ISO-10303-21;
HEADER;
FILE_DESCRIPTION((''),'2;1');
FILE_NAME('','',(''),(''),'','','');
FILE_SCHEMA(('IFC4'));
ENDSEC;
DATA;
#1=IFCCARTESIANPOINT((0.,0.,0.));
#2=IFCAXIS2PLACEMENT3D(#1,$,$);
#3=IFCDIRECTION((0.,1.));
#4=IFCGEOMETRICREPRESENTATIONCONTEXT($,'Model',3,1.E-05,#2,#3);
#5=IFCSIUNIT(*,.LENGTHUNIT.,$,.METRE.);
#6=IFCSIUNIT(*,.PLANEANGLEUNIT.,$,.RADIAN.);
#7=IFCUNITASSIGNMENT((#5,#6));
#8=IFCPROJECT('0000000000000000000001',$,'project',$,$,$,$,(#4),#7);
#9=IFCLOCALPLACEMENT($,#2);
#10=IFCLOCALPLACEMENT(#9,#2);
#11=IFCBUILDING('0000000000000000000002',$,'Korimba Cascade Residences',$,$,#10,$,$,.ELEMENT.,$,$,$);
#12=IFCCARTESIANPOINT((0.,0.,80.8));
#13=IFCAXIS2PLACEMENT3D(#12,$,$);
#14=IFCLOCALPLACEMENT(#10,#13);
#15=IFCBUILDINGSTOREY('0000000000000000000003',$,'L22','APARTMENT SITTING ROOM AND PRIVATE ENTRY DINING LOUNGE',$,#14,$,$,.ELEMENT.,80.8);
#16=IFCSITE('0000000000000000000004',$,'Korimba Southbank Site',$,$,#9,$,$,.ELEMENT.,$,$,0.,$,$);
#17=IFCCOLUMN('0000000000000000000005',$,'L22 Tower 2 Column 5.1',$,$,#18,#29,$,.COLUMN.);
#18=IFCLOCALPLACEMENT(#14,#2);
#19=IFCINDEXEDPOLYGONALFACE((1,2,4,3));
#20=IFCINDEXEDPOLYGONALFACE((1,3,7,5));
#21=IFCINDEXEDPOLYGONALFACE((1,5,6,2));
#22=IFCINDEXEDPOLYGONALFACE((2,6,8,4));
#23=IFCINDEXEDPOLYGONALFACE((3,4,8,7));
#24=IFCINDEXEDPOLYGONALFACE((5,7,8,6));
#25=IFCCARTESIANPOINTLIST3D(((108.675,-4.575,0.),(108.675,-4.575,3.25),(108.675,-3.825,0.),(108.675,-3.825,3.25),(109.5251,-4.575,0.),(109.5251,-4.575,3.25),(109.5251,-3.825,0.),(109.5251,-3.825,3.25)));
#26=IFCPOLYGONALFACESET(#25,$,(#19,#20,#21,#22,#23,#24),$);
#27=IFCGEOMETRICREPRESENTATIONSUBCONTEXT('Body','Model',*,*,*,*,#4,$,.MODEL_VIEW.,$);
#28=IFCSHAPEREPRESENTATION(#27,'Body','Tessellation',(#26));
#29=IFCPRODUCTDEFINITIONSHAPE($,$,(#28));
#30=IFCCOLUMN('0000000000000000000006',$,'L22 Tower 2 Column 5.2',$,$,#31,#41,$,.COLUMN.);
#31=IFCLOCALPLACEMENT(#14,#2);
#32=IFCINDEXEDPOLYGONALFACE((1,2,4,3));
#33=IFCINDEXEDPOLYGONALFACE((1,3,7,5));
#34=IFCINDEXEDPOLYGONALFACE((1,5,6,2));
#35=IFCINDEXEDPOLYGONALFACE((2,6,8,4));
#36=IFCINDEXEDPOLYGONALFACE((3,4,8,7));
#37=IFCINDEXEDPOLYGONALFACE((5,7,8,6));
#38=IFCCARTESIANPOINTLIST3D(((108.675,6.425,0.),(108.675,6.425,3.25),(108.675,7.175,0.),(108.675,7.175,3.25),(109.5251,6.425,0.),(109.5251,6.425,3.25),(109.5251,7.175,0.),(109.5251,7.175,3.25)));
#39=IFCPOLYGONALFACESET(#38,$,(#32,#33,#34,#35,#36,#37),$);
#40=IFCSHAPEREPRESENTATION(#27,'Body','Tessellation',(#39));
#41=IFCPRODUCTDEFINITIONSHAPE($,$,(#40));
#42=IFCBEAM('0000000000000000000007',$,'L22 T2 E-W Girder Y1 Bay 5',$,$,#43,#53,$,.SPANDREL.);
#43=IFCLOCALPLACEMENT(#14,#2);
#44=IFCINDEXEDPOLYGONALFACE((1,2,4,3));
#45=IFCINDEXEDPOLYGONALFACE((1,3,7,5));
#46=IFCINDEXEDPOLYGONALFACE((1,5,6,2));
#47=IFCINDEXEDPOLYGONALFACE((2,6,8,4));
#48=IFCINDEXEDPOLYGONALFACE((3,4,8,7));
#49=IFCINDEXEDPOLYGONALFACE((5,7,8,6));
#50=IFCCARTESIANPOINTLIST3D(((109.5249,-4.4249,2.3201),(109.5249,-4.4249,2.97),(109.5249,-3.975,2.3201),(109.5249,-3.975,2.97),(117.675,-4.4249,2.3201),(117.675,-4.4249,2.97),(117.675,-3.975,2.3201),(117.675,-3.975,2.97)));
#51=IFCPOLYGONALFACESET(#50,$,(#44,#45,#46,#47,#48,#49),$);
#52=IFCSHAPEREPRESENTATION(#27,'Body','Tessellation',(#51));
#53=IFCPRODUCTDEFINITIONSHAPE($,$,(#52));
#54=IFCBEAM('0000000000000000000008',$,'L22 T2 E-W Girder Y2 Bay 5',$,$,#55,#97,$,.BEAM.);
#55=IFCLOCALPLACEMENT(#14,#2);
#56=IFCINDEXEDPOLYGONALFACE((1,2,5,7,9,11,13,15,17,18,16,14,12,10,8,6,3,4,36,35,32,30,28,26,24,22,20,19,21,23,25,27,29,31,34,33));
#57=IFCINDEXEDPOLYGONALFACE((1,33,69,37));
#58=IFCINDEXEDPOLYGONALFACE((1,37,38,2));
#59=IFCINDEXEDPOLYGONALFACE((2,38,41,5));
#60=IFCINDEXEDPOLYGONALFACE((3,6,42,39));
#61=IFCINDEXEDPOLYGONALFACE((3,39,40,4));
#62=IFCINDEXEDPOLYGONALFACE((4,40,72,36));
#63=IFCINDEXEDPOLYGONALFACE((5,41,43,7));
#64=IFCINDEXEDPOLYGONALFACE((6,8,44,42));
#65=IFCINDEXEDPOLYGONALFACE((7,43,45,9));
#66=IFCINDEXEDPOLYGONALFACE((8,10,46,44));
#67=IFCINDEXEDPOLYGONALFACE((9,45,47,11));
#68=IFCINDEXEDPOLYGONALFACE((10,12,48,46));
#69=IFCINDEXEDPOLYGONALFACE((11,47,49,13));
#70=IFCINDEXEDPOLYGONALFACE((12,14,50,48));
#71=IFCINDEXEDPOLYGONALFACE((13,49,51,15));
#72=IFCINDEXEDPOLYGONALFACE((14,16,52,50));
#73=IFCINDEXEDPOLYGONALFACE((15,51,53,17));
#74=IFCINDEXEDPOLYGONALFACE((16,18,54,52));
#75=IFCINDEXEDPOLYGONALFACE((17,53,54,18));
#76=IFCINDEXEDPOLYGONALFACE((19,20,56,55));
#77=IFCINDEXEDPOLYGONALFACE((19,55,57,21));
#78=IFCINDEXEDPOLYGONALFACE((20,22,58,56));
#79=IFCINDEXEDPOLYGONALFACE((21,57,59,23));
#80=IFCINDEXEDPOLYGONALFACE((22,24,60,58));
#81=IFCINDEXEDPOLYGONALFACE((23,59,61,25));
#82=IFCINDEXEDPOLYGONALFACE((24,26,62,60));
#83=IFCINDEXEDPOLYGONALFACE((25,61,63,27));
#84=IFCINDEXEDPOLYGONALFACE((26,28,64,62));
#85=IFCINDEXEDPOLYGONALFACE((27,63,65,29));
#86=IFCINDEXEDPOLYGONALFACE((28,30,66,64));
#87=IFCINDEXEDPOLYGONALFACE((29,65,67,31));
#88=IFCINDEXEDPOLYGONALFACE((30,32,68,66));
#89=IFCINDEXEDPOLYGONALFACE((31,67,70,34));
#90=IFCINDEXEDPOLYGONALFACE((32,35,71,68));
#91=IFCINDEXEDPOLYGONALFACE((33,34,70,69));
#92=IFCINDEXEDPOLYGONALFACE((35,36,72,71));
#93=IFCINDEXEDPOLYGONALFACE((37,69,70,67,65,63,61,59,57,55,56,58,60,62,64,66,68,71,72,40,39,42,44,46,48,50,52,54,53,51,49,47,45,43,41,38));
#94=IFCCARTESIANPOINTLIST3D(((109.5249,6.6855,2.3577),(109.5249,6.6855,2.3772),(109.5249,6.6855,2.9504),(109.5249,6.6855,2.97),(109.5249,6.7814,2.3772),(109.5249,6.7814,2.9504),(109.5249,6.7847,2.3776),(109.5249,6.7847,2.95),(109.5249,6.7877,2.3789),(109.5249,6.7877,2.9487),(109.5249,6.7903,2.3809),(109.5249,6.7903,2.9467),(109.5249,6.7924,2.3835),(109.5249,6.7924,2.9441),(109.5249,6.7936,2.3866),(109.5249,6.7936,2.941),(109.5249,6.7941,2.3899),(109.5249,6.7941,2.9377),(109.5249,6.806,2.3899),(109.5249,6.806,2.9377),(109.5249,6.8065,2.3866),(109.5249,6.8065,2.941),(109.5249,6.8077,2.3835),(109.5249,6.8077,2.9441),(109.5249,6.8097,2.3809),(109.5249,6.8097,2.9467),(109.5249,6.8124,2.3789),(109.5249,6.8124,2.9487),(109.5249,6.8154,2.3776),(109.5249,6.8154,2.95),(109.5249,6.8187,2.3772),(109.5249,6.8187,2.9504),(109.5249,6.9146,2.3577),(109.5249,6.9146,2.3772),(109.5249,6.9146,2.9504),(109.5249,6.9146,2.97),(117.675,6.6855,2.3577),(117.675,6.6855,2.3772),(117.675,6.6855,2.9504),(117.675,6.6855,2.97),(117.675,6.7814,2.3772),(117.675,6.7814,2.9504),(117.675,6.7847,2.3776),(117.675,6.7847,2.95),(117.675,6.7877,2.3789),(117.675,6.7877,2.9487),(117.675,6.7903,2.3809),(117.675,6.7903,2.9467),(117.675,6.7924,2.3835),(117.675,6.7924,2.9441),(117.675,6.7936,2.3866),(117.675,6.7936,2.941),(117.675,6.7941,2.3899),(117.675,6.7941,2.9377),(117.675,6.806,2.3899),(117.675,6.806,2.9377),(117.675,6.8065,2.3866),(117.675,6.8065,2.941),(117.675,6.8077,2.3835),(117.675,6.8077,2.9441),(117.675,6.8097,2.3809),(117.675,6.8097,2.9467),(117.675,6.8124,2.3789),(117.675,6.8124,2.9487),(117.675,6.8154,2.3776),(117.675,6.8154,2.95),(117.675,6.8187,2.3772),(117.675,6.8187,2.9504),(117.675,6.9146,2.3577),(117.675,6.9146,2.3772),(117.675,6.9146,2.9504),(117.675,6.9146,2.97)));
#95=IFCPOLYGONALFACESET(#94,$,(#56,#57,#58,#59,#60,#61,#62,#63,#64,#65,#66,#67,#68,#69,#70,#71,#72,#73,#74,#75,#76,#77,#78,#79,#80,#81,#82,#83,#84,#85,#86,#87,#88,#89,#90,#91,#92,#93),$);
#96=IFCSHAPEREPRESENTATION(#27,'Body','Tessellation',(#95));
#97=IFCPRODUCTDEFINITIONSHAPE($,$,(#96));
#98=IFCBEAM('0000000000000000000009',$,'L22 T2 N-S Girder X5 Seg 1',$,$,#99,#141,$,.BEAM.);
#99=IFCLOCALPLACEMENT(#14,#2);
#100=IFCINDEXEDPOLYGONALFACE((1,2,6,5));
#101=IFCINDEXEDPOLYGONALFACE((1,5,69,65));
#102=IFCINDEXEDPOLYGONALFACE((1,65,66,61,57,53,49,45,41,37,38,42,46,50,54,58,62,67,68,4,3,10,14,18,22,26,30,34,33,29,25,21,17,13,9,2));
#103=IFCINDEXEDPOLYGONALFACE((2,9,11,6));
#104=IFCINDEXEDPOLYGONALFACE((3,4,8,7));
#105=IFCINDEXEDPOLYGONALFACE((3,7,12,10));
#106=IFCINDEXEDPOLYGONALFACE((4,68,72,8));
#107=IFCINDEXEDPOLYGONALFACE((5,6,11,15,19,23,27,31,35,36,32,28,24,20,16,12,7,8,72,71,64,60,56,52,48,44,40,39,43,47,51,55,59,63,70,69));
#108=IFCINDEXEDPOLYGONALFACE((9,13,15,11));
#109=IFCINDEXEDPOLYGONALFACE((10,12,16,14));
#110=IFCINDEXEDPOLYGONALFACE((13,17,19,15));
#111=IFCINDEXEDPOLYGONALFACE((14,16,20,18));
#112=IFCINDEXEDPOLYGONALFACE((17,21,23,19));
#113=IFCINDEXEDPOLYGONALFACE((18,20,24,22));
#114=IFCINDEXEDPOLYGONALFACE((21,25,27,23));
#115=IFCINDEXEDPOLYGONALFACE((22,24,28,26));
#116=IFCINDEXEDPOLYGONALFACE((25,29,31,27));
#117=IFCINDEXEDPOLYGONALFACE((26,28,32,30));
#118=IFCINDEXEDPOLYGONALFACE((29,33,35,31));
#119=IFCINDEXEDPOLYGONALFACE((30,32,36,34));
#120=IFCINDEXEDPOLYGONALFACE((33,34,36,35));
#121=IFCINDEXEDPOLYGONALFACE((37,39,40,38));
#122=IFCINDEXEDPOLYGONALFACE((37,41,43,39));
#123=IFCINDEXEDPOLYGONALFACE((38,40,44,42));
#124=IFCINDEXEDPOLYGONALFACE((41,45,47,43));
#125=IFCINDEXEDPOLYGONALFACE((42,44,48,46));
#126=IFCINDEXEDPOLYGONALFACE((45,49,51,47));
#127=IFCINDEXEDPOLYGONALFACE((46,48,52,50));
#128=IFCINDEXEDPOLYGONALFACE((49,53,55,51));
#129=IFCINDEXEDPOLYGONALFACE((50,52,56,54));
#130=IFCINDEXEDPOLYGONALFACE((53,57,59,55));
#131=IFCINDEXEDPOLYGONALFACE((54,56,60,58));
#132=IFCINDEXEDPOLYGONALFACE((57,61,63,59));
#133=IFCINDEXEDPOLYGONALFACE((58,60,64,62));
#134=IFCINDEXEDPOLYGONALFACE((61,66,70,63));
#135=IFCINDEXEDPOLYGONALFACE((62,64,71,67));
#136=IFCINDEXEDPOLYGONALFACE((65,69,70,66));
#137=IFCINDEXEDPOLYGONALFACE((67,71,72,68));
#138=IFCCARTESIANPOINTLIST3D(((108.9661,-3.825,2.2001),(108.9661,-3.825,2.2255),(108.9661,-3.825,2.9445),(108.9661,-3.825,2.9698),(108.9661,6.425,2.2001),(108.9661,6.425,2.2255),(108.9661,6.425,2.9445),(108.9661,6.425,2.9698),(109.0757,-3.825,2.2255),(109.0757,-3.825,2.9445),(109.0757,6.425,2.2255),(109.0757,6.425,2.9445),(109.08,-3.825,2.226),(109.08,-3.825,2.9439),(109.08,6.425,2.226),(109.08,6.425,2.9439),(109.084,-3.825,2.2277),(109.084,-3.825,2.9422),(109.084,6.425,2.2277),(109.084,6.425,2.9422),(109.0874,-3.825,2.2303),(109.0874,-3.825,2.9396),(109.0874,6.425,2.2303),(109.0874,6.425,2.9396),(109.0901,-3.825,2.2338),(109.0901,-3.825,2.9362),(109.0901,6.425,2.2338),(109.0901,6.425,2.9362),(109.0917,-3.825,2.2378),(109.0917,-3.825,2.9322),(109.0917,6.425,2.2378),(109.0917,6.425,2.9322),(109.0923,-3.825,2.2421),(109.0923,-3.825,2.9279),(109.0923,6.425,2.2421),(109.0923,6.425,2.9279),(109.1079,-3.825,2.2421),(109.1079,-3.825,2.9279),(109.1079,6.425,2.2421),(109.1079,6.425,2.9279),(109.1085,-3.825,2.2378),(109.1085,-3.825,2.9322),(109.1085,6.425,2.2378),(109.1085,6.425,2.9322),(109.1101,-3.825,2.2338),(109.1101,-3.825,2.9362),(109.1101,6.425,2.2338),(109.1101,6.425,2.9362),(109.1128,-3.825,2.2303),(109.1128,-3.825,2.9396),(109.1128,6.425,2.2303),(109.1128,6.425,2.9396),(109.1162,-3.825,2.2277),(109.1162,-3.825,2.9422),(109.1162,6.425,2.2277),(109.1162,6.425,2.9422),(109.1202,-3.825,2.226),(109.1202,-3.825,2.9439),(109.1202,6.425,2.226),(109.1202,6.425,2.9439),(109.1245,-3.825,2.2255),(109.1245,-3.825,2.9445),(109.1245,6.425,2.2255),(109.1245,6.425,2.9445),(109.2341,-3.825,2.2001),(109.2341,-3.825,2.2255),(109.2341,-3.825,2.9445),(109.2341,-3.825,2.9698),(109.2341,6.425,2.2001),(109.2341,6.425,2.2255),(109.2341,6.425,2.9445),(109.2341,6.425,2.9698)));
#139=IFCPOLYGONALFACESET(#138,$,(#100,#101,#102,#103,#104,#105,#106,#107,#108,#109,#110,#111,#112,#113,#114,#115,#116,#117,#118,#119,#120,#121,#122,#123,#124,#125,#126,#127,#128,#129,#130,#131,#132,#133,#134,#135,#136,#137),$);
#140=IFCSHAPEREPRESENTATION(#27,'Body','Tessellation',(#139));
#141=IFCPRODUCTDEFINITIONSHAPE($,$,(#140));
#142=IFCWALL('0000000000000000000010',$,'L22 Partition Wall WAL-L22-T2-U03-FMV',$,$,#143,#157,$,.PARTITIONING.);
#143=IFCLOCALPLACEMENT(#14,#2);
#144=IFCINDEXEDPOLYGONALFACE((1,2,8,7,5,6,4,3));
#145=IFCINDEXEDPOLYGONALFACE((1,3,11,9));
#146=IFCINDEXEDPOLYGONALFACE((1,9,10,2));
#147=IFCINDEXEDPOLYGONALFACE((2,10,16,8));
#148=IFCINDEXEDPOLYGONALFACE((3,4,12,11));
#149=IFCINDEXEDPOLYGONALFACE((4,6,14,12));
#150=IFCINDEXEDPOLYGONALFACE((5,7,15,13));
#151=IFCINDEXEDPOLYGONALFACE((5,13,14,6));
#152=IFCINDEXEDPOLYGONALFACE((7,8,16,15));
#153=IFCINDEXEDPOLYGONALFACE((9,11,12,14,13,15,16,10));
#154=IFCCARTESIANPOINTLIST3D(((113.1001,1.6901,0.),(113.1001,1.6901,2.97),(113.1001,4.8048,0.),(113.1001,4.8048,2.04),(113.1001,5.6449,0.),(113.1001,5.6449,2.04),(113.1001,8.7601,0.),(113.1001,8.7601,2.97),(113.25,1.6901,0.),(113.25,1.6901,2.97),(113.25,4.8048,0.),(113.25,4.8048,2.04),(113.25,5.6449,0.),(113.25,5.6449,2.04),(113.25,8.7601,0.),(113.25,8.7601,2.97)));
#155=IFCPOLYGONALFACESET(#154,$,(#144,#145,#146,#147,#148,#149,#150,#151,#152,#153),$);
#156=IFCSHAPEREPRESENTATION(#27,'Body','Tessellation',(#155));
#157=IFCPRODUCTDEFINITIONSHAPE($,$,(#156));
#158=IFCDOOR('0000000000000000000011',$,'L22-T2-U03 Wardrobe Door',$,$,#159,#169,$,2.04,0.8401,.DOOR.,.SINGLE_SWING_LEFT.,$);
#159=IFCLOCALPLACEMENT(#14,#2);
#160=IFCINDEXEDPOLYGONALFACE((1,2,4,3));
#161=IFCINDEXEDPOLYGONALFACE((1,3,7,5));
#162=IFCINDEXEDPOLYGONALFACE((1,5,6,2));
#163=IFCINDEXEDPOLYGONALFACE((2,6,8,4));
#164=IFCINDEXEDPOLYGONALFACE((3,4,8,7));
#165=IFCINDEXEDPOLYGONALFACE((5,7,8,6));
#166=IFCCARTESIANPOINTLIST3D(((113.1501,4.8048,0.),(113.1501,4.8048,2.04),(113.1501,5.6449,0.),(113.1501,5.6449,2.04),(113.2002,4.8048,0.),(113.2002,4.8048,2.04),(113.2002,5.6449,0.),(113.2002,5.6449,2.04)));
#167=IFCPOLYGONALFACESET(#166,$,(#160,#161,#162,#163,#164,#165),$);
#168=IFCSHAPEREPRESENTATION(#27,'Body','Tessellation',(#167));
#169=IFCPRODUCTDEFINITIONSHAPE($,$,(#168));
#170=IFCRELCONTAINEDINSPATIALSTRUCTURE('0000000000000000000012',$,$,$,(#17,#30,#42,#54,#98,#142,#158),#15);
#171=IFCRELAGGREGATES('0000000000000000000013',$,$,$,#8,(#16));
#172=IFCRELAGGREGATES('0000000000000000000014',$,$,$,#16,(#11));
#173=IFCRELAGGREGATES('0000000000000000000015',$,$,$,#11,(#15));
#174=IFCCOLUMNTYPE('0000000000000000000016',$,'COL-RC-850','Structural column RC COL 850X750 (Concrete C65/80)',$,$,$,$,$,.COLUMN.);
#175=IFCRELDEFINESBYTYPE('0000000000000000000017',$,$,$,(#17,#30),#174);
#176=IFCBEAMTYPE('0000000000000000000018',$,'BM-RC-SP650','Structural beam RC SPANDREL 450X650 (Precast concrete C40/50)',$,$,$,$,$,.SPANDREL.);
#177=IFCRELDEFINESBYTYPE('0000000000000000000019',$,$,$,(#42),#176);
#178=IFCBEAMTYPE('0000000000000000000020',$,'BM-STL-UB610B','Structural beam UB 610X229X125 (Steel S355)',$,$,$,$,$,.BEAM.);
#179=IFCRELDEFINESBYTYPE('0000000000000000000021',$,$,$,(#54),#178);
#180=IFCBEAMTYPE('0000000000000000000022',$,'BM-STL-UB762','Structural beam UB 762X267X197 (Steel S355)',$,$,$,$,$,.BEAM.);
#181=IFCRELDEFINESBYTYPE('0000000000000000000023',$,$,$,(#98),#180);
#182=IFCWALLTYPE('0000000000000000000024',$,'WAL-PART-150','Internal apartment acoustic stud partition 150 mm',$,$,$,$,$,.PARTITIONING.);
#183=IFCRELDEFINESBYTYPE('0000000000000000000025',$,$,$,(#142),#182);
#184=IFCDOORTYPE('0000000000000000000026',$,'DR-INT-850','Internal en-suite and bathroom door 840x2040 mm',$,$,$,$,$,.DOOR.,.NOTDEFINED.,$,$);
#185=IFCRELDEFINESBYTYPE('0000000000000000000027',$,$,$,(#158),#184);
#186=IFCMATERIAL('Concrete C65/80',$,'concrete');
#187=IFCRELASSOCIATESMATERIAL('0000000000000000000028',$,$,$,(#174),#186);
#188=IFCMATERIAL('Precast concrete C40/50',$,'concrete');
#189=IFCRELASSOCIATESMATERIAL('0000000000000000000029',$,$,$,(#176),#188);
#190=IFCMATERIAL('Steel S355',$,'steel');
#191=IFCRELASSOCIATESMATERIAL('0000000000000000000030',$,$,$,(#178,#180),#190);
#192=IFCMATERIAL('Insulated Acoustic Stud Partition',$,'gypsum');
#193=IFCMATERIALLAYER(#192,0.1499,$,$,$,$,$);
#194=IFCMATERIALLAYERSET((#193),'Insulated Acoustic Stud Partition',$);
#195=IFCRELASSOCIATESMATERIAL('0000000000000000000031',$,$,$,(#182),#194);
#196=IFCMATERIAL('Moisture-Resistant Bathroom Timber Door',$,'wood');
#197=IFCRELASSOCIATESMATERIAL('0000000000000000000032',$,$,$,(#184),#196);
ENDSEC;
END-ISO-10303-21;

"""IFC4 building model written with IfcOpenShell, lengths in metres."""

from ifc_helpers import new_model, si_unit, direction, frame, frame_2d, origin, origin_2d, place, context, subcontext, project, spatial, rectangle, i_section, extrude, material, layer, layer_set, material_profile, profile_set, type_object, element, fill, save


model = new_model("IFC4")

# Units and contexts
model_context = context("Model", 3, precision=1e-05, world=origin(), true_north=direction((0.0, 1.0)))
body_context = subcontext(model_context, "Body", "Model", "MODEL_VIEW")
ifc_project = project(units=[si_unit("LENGTHUNIT", "METRE"), si_unit("PLANEANGLEUNIT", "RADIAN")], contexts=[model_context])

# Site, building, storey
site_placement = place(None, origin())
site = spatial("IfcSite", under=ifc_project, at=site_placement, Name="Korimba Southbank Site", CompositionType="ELEMENT", RefElevation=0.0)
building_placement = place(site_placement, origin())
building = spatial("IfcBuilding", under=site, at=building_placement, Name="Korimba Cascade Residences", CompositionType="ELEMENT")
storey_placement = place(building_placement, frame((0.0, 0.0, 80.8)))
storey = spatial("IfcBuildingStorey", under=building, at=storey_placement, Name="L22", Description="APARTMENT SITTING ROOM AND PRIVATE ENTRY DINING LOUNGE", CompositionType="ELEMENT", Elevation=80.8)

# Columns
ifc_material_1 = material(Name="Concrete C65/80", Category="concrete")
ifc_material_profile_1 = material_profile(ifc_material_1, rectangle(XDim=0.8501, YDim=0.75, at=origin_2d()), Name="Concrete C65/80")
ifc_profile_set_1 = profile_set([ifc_material_profile_1], Name="Concrete C65/80")
column_type = type_object("IfcColumnType", Name="COL-RC-850", Description="Structural column RC COL 850X750 (Concrete C65/80)", PredefinedType="COLUMN", material=ifc_profile_set_1)
for number, where, z_axis, x_axis, name in (
    (1, (109.1001, -4.2, 0.0), (0.0, 0.0, 1.0), (1.0, 0.0, 0.0), "L22 Tower 2 Column 5.1"),
    (2, (109.1001, 6.8, 0.0), (0.0, 0.0, 1.0), (1.0, 0.0, 0.0), "L22 Tower 2 Column 5.2"),
):
    element("IfcColumn", number, at=place(storey_placement, frame(where, z_axis=z_axis, x_axis=x_axis)), inside=storey, type_object=column_type, Name=name, PredefinedType="COLUMN", context=body_context, shape_type="SweptSolid", body=[
        extrude(rectangle(XDim=0.8501, YDim=0.75, at=origin_2d()), origin(), (0.0, 0.0, 1.0), 3.25),
    ])

# Beams
ifc_material_2 = material(Name="Precast concrete C40/50", Category="concrete")
ifc_material_profile_2 = material_profile(ifc_material_2, rectangle(XDim=0.45, YDim=0.6499, at=origin_2d()), Name="Precast concrete C40/50")
ifc_profile_set_2 = profile_set([ifc_material_profile_2], Name="Precast concrete C40/50")
beam_type_1 = type_object("IfcBeamType", Name="BM-RC-SP650", Description="Structural beam RC SPANDREL 450X650 (Precast concrete C40/50)", PredefinedType="SPANDREL", material=ifc_profile_set_2)
beam_1_placement = place(storey_placement, frame((109.5249, -4.2, 2.645), z_axis=(1.0, 0.0, 0.0), x_axis=(0.0, 1.0, 0.0)))
element("IfcBeam", 3, at=beam_1_placement, inside=storey, type_object=beam_type_1, Name="L22 T2 E-W Girder Y1 Bay 5", PredefinedType="SPANDREL", context=body_context, shape_type="SweptSolid", body=[
    extrude(rectangle(XDim=0.45, YDim=0.6499, at=origin_2d()), origin(), (0.0, 0.0, 1.0), 8.1501),
])
ifc_material_3 = material(Name="Steel S355", Category="steel")
ifc_material_profile_3 = material_profile(ifc_material_3, i_section(OverallWidth=0.229, OverallDepth=0.6123, WebThickness=0.012, FlangeThickness=0.0195, FilletRadius=0.0127, at=origin_2d()), Name="Steel S355")
ifc_profile_set_3 = profile_set([ifc_material_profile_3], Name="Steel S355")
beam_type_2 = type_object("IfcBeamType", Name="BM-STL-UB610B", Description="Structural beam UB 610X229X125 (Steel S355)", PredefinedType="BEAM", material=ifc_profile_set_3)
beam_2_placement = place(storey_placement, frame((109.5249, 6.8, 2.6638), z_axis=(1.0, 0.0, 0.0), x_axis=(0.0, 1.0, 0.0)))
element("IfcBeam", 4, at=beam_2_placement, inside=storey, type_object=beam_type_2, Name="L22 T2 E-W Girder Y2 Bay 5", PredefinedType="BEAM", context=body_context, shape_type="SweptSolid", body=[
    extrude(i_section(OverallWidth=0.229, OverallDepth=0.6123, WebThickness=0.012, FlangeThickness=0.0195, FilletRadius=0.0127, at=origin_2d()), origin(), (0.0, 0.0, 1.0), 8.1501),
])
ifc_material_profile_4 = material_profile(ifc_material_3, i_section(OverallWidth=0.2681, OverallDepth=0.7698, WebThickness=0.0156, FlangeThickness=0.0254, FilletRadius=0.0166, at=origin_2d()), Name="Steel S355")
ifc_profile_set_4 = profile_set([ifc_material_profile_4], Name="Steel S355")
beam_type_3 = type_object("IfcBeamType", Name="BM-STL-UB762", Description="Structural beam UB 762X267X197 (Steel S355)", PredefinedType="BEAM", material=ifc_profile_set_4)
beam_3_placement = place(storey_placement, frame((109.1001, -3.825, 2.585), z_axis=(0.0, 1.0, 0.0), x_axis=(-1.0, 0.0, 0.0)))
element("IfcBeam", 5, at=beam_3_placement, inside=storey, type_object=beam_type_3, Name="L22 T2 N-S Girder X5 Seg 1", PredefinedType="BEAM", context=body_context, shape_type="SweptSolid", body=[
    extrude(i_section(OverallWidth=0.2681, OverallDepth=0.7698, WebThickness=0.0156, FlangeThickness=0.0254, FilletRadius=0.0166, at=origin_2d()), origin(), (0.0, 0.0, 1.0), 10.25),
])

# Wall, opening, door
ifc_material_4 = material(Name="Insulated Acoustic Stud Partition", Category="gypsum")
ifc_layer = layer(ifc_material_4, 0.1499)
ifc_layer_set = layer_set([ifc_layer], Name="Insulated Acoustic Stud Partition")
wall_type = type_object("IfcWallType", Name="WAL-PART-150", Description="Internal apartment acoustic stud partition 150 mm", PredefinedType="PARTITIONING", material=ifc_layer_set)
wall_1_placement = place(storey_placement, frame((113.175, 1.6899, 0.0), z_axis=(0.0, 0.0, 1.0), x_axis=(0.0, 1.0, 0.0)))
wall_1 = element("IfcWall", 6, at=wall_1_placement, inside=storey, type_object=wall_type, Name="L22 Partition Wall WAL-L22-T2-U03-FMV", PredefinedType="PARTITIONING", context=body_context, shape_type="SweptSolid", body=[
    extrude(rectangle(XDim=7.0701, YDim=0.1499, at=frame_2d((3.5352, 0.0))), origin(), (0.0, 0.0, 1.0), 2.97),
])
opening_1_placement = place(wall_1_placement, frame((3.115, 0.0, 0.0)))
opening_1 = element("IfcOpeningElement", 7, at=opening_1_placement, cuts=wall_1, PredefinedType="OPENING", context=body_context, shape_type="SweptSolid", body=[
    extrude(rectangle(XDim=0.8401, YDim=2.04, at=frame_2d((0.4199, 1.02))), frame((0.0, 0.085, 0.0), z_axis=(0.0, -1.0, 0.0), x_axis=(1.0, 0.0, 0.0)), (0.0, 0.0, 1.0), 0.1699),
])
ifc_material_5 = material(Name="Moisture-Resistant Bathroom Timber Door", Category="wood")
door_type_1 = type_object("IfcDoorType", Name="DR-INT-850", Description="Internal en-suite and bathroom door 840x2040 mm", OperationType="NOTDEFINED", PredefinedType="DOOR", material=ifc_material_5)
door_1_placement = place(opening_1_placement, origin())
door_1 = element("IfcDoor", 8, at=door_1_placement, inside=storey, type_object=door_type_1, Name="L22-T2-U03 Wardrobe Door", OperationType="SINGLE_SWING_LEFT", OverallHeight=2.04, OverallWidth=0.8401, PredefinedType="DOOR", context=body_context, shape_type="SweptSolid", body=[
    extrude(rectangle(XDim=0.8401, YDim=2.04, at=frame_2d((0.4199, 1.02))), frame((0.0, 0.0249, 0.0), z_axis=(0.0, -1.0, 0.0), x_axis=(1.0, 0.0, 0.0)), (0.0, 0.0, 1.0), 0.05),
])
fill(opening_1, door_1)

save(model, "model.ifc")
